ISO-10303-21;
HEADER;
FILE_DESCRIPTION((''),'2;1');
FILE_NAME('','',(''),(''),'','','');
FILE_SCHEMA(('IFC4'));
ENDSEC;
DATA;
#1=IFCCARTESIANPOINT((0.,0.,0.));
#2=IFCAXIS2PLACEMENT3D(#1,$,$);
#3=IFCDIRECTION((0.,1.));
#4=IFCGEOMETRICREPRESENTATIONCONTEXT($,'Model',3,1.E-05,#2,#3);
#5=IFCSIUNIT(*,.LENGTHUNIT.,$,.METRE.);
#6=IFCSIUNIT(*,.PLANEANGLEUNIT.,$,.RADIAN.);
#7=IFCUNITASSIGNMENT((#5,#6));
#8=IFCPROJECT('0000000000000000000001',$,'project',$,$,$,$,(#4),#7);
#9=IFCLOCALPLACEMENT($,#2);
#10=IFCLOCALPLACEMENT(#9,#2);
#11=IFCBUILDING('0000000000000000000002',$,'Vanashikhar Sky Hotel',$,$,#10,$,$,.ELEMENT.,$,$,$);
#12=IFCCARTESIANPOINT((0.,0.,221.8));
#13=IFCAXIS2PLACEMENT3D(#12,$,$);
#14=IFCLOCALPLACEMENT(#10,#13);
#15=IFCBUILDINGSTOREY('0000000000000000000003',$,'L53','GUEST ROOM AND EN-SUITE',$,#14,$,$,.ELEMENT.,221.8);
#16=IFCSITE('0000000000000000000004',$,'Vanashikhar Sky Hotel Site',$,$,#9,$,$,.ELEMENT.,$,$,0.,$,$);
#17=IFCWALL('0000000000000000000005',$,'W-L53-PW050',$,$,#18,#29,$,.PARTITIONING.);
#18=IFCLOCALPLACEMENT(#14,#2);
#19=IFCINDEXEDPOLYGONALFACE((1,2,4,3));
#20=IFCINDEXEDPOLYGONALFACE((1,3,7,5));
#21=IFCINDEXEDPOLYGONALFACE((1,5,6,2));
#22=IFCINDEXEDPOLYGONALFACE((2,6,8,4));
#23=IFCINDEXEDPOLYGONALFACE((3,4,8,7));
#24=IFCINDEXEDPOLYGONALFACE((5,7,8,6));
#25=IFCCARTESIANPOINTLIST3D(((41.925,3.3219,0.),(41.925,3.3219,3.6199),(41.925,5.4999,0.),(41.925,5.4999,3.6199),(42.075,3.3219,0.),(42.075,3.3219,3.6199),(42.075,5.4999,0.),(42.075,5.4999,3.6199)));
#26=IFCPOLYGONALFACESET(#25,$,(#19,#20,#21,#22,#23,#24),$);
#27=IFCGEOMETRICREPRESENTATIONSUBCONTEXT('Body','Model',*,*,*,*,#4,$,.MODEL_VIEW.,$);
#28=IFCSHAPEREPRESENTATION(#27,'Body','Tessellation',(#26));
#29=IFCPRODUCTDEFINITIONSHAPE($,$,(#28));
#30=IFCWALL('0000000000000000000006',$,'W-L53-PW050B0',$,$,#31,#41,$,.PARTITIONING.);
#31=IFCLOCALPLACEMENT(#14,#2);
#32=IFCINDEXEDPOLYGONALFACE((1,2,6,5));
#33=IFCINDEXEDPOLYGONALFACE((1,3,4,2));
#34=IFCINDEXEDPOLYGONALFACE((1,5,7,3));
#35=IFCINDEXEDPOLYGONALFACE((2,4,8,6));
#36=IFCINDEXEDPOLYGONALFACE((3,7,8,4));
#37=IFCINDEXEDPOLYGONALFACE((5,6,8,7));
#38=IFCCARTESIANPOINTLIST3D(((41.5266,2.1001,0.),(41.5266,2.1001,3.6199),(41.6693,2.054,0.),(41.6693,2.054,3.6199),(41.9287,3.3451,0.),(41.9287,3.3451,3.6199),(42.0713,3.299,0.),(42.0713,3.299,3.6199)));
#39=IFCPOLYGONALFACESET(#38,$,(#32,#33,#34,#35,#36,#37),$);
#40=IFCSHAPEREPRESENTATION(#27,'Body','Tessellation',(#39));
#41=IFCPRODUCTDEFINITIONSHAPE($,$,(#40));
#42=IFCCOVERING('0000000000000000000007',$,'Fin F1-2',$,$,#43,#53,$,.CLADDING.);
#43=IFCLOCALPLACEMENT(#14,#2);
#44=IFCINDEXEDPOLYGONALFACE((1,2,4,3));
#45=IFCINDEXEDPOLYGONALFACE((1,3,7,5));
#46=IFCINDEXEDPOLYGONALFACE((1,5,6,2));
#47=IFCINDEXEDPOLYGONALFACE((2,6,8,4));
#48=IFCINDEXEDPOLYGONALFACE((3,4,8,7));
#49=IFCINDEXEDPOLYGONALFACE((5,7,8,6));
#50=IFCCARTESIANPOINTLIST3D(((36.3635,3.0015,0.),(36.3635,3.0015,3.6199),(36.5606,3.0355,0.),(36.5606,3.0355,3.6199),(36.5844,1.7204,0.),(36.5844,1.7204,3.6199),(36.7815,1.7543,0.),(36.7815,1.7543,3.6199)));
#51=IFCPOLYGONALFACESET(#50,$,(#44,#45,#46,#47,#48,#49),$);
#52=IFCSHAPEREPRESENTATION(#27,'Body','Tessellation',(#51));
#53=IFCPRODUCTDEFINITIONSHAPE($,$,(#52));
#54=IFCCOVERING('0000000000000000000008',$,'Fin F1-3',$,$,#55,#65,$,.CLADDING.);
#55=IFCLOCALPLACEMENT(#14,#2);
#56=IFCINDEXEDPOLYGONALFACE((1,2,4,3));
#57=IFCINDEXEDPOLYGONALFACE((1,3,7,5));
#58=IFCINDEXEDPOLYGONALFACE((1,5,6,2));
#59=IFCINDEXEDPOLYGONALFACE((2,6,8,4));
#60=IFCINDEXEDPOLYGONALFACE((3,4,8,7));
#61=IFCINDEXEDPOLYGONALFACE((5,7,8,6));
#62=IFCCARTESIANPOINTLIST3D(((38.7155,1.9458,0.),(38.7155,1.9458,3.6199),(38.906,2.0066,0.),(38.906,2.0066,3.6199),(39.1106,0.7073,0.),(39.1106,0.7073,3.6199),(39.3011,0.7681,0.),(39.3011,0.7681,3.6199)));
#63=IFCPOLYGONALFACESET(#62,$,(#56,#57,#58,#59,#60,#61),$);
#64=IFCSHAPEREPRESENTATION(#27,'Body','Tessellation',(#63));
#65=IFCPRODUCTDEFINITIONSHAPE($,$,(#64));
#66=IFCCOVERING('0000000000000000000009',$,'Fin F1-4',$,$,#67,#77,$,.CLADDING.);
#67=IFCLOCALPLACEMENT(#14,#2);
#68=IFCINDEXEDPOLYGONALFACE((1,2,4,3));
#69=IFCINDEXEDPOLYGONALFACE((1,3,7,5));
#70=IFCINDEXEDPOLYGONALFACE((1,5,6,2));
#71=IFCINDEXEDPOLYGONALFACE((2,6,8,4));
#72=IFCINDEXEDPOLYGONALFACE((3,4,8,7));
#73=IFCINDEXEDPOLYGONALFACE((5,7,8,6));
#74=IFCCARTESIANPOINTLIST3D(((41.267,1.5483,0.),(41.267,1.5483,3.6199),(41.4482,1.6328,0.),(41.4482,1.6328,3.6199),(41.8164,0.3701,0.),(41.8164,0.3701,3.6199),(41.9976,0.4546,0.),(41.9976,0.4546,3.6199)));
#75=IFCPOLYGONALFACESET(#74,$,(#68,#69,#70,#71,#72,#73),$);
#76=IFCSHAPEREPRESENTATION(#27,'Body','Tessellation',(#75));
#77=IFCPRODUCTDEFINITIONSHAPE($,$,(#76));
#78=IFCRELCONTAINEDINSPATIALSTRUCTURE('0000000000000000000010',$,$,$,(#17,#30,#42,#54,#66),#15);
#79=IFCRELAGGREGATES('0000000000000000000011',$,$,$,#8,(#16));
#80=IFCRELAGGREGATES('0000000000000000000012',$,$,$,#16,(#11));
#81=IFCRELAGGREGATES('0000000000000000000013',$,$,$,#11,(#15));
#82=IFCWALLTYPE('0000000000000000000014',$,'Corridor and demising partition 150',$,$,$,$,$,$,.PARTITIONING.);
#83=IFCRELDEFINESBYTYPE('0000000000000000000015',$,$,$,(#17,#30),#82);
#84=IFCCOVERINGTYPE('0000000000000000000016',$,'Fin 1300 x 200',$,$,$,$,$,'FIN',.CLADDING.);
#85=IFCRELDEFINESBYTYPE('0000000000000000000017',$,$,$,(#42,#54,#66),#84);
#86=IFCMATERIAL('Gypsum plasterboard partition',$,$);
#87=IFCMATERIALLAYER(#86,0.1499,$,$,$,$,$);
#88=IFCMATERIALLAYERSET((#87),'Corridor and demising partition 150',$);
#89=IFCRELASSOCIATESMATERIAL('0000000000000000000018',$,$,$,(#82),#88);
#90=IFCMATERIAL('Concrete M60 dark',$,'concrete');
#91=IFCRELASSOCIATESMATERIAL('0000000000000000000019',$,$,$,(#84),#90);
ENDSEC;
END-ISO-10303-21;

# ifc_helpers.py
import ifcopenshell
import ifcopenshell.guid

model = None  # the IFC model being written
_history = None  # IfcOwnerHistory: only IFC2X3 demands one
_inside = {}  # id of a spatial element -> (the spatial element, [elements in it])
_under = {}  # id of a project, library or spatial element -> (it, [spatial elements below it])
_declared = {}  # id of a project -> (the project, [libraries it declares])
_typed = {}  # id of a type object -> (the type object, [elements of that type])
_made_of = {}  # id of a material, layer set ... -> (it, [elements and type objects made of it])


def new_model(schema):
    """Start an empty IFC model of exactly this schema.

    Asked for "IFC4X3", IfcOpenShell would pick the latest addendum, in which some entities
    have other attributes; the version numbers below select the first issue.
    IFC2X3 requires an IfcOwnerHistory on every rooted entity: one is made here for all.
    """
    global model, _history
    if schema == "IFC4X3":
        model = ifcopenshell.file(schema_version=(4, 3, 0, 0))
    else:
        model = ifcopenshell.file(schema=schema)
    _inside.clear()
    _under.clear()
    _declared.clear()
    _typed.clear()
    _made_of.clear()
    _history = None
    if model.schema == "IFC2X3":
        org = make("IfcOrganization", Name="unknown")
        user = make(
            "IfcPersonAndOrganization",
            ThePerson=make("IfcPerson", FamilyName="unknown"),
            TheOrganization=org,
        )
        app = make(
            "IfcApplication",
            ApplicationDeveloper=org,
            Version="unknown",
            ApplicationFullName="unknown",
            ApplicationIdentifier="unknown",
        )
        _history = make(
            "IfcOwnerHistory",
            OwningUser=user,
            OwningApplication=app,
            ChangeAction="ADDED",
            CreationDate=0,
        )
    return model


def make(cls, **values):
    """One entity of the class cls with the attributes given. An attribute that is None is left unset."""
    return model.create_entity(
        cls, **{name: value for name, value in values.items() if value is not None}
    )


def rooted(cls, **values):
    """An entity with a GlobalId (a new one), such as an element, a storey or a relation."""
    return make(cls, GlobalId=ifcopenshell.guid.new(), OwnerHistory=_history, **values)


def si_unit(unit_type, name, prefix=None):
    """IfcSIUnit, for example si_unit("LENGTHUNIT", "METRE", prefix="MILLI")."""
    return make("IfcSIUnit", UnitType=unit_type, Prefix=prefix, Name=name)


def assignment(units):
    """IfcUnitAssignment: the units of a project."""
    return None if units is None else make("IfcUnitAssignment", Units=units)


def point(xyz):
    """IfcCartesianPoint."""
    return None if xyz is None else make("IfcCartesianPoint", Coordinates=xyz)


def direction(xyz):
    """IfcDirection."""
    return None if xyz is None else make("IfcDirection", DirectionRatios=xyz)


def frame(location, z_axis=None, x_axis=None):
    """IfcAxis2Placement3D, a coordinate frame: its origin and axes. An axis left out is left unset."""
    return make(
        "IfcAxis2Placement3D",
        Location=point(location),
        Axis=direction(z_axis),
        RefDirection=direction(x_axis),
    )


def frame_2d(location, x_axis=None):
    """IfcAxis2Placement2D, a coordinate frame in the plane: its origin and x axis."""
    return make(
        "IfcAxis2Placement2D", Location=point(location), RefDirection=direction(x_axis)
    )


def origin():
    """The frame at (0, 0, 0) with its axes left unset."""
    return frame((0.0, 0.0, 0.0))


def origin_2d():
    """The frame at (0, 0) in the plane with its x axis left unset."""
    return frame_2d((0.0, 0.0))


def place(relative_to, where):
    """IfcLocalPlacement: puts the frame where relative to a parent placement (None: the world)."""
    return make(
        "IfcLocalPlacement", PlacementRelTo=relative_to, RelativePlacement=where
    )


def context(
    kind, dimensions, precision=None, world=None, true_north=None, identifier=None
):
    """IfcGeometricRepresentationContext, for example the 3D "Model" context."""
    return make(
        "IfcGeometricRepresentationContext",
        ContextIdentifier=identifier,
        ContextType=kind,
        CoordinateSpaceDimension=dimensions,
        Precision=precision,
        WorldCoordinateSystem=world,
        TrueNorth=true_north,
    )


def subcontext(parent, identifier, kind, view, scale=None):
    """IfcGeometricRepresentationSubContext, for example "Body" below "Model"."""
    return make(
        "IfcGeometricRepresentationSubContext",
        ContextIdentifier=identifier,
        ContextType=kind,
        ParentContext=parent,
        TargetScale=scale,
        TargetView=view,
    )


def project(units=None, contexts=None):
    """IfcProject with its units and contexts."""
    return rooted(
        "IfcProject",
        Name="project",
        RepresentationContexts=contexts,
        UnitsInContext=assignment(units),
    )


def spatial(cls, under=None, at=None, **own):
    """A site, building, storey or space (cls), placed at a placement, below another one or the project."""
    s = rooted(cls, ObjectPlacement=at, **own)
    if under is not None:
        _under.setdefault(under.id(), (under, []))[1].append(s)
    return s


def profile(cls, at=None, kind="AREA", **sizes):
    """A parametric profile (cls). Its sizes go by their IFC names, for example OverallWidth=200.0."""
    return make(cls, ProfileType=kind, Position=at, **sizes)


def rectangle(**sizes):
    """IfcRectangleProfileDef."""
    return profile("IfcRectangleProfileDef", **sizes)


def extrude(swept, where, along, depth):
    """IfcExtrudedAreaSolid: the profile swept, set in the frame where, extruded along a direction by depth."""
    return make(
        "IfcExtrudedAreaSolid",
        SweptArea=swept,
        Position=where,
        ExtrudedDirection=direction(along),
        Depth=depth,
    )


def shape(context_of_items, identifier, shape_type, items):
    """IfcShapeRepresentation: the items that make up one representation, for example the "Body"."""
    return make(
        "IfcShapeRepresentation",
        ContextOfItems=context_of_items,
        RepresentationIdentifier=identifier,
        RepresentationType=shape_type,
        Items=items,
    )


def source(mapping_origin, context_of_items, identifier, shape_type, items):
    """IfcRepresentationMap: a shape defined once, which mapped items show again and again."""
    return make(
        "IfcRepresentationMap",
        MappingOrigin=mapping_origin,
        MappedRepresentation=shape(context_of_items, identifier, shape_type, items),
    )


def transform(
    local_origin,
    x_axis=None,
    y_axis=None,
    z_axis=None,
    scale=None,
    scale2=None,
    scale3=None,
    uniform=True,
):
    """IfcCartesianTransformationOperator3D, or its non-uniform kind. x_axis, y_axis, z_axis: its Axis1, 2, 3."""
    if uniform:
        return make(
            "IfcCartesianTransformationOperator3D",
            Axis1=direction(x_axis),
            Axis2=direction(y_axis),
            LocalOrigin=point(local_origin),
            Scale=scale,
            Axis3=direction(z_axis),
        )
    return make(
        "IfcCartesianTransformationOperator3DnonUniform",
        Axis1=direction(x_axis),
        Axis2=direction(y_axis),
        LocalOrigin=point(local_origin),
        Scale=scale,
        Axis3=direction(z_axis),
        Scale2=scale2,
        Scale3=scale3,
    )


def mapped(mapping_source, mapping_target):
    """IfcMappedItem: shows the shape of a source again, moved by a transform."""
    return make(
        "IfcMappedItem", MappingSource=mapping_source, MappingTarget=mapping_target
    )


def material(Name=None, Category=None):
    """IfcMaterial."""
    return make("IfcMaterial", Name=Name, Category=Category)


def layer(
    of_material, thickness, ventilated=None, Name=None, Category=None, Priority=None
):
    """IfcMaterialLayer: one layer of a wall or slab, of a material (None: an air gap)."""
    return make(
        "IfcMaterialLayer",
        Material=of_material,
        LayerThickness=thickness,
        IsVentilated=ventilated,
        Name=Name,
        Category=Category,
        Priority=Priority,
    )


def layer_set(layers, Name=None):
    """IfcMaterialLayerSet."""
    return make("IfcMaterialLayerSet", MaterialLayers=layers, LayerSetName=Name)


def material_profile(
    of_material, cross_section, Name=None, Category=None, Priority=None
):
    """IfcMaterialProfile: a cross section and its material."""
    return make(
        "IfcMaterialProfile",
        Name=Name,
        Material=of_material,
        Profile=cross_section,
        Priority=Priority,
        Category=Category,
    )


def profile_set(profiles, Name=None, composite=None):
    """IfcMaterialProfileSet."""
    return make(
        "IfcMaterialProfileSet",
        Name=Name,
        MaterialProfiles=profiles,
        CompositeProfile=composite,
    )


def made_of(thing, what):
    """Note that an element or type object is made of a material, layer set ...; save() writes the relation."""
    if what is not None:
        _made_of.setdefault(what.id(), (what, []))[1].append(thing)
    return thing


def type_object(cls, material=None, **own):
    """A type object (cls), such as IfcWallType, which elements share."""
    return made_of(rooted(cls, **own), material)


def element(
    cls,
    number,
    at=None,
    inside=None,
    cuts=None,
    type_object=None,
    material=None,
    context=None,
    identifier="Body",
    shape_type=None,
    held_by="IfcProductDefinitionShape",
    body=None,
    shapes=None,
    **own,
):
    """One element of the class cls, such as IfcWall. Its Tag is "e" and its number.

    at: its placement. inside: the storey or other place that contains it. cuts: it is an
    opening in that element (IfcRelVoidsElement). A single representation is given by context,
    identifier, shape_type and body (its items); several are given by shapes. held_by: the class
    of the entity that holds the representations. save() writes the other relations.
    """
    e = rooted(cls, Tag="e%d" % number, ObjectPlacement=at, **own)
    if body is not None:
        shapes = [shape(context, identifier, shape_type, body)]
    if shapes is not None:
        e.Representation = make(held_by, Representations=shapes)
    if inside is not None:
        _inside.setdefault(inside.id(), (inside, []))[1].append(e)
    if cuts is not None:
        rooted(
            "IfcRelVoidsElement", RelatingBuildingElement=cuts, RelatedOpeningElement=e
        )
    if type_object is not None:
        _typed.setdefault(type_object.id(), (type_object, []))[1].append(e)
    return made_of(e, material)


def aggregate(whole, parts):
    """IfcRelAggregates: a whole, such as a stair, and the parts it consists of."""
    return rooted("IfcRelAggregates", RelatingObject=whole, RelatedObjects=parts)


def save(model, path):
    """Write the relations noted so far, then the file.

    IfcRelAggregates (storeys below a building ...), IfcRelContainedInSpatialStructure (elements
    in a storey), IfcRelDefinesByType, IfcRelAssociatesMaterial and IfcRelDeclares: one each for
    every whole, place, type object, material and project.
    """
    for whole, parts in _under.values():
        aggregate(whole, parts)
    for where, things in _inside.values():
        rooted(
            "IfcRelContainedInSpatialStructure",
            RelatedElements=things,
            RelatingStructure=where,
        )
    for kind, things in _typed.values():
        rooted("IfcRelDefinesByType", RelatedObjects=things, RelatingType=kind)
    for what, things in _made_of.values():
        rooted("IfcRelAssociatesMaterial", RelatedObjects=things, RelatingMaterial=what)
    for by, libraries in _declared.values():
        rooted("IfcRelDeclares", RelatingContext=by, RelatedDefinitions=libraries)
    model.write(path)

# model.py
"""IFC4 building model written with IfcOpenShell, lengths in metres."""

from ifc_helpers import new_model, si_unit, direction, frame, frame_2d, origin, origin_2d, place, context, subcontext, project, spatial, rectangle, extrude, source, transform, mapped, material, layer, layer_set, material_profile, profile_set, type_object, element, save


model = new_model("IFC4")

# Units and contexts
model_context = context("Model", 3, precision=1e-05, world=origin(), true_north=direction((0.0, 1.0)))
body_context = subcontext(model_context, "Body", "Model", "MODEL_VIEW")
ifc_project = project(units=[si_unit("LENGTHUNIT", "METRE"), si_unit("PLANEANGLEUNIT", "RADIAN")], contexts=[model_context])

# Site, building, storey
site_placement = place(None, origin())
site = spatial("IfcSite", under=ifc_project, at=site_placement, Name="Vanashikhar Sky Hotel Site", CompositionType="ELEMENT", RefElevation=0.0)
building_placement = place(site_placement, origin())
building = spatial("IfcBuilding", under=site, at=building_placement, Name="Vanashikhar Sky Hotel", CompositionType="ELEMENT")
storey_placement = place(building_placement, frame((0.0, 0.0, 221.8)))
storey = spatial("IfcBuildingStorey", under=building, at=storey_placement, Name="L53", Description="GUEST ROOM AND EN-SUITE", CompositionType="ELEMENT", Elevation=221.8)

# Shared definitions
ifc_material_1 = material(Name="Gypsum plasterboard partition")

# Walls
ifc_layer_1 = layer(ifc_material_1, 0.1499)
ifc_layer_set_1 = layer_set([ifc_layer_1], Name="Corridor and demising partition 150")
wall_type_1 = type_object("IfcWallType", Name="Corridor and demising partition 150", PredefinedType="PARTITIONING", material=ifc_layer_set_1)
shared_shape_1 = source(origin(), body_context, "Body", "SweptSolid", [
    extrude(rectangle(XDim=2.178, YDim=0.1499, at=frame_2d((1.0889, 0.0))), origin(), (0.0, 0.0, 1.0), 3.6199),
])
wall_1_placement = place(storey_placement, frame((42.0, 3.322, 0.0), z_axis=(0.0, 0.0, 1.0), x_axis=(0.0, 1.0, 0.0)))
element("IfcWall", 1, at=wall_1_placement, inside=storey, type_object=wall_type_1, Name="W-L53-PW050", PredefinedType="PARTITIONING", context=body_context, shape_type="MappedRepresentation", body=[
    mapped(shared_shape_1, transform((0.0, 0.0, 0.0), scale=1.0)),
])
shared_shape_2 = source(origin(), body_context, "Body", "SweptSolid", [
    extrude(rectangle(XDim=1.3083, YDim=0.1499, at=frame_2d((0.6543, 0.0))), origin(), (0.0, 0.0, 1.0), 3.6199),
])
wall_2_placement = place(storey_placement, frame((41.5979, 2.0769, 0.0), z_axis=(0.0, 0.0, 1.0), x_axis=(0.307314, 0.951608, 0.0)))
element("IfcWall", 2, at=wall_2_placement, inside=storey, type_object=wall_type_1, Name="W-L53-PW050B0", PredefinedType="PARTITIONING", context=body_context, shape_type="MappedRepresentation", body=[
    mapped(shared_shape_2, transform((0.0, 0.0, 0.0), scale=1.0)),
])

# Coverings
ifc_material_2 = material(Name="Concrete M60 dark", Category="concrete")
ifc_material_profile = material_profile(ifc_material_2, rectangle(XDim=1.3, YDim=0.2, at=origin_2d()))
ifc_profile_set = profile_set([ifc_material_profile], Name="Fin 1300 x 200")
covering_type = type_object("IfcCoveringType", Name="Fin 1300 x 200", ElementType="FIN", PredefinedType="CLADDING", material=ifc_profile_set)
shared_shape_3 = source(origin(), body_context, "Body", "SweptSolid", [
    extrude(rectangle(XDim=1.3, YDim=0.2, at=origin_2d()), origin(), (0.0, 0.0, 1.0), 3.6199),
])
for number, where, z_axis, x_axis, name in (
    (3, (36.5725, 2.3779, 0.0), (0.0, 0.0, 1.0), (0.1699, -0.985461, 0.0), "Fin F1-2"),
    (4, (39.0083, 1.3569, 0.0), (0.0, 0.0, 1.0), (0.303967, -0.952683, 0.0), "Fin F1-3"),
    (5, (41.6323, 1.0015, 0.0), (0.0, 0.0, 1.0), (0.422618, -0.906308, 0.0), "Fin F1-4"),
):
    element("IfcCovering", number, at=place(storey_placement, frame(where, z_axis=z_axis, x_axis=x_axis)), inside=storey, type_object=covering_type, Name=name, PredefinedType="CLADDING", context=body_context, shape_type="MappedRepresentation", body=[
        mapped(shared_shape_3, transform((0.0, 0.0, 0.0), scale=1.0)),
    ])

save(model, "model.ifc")
